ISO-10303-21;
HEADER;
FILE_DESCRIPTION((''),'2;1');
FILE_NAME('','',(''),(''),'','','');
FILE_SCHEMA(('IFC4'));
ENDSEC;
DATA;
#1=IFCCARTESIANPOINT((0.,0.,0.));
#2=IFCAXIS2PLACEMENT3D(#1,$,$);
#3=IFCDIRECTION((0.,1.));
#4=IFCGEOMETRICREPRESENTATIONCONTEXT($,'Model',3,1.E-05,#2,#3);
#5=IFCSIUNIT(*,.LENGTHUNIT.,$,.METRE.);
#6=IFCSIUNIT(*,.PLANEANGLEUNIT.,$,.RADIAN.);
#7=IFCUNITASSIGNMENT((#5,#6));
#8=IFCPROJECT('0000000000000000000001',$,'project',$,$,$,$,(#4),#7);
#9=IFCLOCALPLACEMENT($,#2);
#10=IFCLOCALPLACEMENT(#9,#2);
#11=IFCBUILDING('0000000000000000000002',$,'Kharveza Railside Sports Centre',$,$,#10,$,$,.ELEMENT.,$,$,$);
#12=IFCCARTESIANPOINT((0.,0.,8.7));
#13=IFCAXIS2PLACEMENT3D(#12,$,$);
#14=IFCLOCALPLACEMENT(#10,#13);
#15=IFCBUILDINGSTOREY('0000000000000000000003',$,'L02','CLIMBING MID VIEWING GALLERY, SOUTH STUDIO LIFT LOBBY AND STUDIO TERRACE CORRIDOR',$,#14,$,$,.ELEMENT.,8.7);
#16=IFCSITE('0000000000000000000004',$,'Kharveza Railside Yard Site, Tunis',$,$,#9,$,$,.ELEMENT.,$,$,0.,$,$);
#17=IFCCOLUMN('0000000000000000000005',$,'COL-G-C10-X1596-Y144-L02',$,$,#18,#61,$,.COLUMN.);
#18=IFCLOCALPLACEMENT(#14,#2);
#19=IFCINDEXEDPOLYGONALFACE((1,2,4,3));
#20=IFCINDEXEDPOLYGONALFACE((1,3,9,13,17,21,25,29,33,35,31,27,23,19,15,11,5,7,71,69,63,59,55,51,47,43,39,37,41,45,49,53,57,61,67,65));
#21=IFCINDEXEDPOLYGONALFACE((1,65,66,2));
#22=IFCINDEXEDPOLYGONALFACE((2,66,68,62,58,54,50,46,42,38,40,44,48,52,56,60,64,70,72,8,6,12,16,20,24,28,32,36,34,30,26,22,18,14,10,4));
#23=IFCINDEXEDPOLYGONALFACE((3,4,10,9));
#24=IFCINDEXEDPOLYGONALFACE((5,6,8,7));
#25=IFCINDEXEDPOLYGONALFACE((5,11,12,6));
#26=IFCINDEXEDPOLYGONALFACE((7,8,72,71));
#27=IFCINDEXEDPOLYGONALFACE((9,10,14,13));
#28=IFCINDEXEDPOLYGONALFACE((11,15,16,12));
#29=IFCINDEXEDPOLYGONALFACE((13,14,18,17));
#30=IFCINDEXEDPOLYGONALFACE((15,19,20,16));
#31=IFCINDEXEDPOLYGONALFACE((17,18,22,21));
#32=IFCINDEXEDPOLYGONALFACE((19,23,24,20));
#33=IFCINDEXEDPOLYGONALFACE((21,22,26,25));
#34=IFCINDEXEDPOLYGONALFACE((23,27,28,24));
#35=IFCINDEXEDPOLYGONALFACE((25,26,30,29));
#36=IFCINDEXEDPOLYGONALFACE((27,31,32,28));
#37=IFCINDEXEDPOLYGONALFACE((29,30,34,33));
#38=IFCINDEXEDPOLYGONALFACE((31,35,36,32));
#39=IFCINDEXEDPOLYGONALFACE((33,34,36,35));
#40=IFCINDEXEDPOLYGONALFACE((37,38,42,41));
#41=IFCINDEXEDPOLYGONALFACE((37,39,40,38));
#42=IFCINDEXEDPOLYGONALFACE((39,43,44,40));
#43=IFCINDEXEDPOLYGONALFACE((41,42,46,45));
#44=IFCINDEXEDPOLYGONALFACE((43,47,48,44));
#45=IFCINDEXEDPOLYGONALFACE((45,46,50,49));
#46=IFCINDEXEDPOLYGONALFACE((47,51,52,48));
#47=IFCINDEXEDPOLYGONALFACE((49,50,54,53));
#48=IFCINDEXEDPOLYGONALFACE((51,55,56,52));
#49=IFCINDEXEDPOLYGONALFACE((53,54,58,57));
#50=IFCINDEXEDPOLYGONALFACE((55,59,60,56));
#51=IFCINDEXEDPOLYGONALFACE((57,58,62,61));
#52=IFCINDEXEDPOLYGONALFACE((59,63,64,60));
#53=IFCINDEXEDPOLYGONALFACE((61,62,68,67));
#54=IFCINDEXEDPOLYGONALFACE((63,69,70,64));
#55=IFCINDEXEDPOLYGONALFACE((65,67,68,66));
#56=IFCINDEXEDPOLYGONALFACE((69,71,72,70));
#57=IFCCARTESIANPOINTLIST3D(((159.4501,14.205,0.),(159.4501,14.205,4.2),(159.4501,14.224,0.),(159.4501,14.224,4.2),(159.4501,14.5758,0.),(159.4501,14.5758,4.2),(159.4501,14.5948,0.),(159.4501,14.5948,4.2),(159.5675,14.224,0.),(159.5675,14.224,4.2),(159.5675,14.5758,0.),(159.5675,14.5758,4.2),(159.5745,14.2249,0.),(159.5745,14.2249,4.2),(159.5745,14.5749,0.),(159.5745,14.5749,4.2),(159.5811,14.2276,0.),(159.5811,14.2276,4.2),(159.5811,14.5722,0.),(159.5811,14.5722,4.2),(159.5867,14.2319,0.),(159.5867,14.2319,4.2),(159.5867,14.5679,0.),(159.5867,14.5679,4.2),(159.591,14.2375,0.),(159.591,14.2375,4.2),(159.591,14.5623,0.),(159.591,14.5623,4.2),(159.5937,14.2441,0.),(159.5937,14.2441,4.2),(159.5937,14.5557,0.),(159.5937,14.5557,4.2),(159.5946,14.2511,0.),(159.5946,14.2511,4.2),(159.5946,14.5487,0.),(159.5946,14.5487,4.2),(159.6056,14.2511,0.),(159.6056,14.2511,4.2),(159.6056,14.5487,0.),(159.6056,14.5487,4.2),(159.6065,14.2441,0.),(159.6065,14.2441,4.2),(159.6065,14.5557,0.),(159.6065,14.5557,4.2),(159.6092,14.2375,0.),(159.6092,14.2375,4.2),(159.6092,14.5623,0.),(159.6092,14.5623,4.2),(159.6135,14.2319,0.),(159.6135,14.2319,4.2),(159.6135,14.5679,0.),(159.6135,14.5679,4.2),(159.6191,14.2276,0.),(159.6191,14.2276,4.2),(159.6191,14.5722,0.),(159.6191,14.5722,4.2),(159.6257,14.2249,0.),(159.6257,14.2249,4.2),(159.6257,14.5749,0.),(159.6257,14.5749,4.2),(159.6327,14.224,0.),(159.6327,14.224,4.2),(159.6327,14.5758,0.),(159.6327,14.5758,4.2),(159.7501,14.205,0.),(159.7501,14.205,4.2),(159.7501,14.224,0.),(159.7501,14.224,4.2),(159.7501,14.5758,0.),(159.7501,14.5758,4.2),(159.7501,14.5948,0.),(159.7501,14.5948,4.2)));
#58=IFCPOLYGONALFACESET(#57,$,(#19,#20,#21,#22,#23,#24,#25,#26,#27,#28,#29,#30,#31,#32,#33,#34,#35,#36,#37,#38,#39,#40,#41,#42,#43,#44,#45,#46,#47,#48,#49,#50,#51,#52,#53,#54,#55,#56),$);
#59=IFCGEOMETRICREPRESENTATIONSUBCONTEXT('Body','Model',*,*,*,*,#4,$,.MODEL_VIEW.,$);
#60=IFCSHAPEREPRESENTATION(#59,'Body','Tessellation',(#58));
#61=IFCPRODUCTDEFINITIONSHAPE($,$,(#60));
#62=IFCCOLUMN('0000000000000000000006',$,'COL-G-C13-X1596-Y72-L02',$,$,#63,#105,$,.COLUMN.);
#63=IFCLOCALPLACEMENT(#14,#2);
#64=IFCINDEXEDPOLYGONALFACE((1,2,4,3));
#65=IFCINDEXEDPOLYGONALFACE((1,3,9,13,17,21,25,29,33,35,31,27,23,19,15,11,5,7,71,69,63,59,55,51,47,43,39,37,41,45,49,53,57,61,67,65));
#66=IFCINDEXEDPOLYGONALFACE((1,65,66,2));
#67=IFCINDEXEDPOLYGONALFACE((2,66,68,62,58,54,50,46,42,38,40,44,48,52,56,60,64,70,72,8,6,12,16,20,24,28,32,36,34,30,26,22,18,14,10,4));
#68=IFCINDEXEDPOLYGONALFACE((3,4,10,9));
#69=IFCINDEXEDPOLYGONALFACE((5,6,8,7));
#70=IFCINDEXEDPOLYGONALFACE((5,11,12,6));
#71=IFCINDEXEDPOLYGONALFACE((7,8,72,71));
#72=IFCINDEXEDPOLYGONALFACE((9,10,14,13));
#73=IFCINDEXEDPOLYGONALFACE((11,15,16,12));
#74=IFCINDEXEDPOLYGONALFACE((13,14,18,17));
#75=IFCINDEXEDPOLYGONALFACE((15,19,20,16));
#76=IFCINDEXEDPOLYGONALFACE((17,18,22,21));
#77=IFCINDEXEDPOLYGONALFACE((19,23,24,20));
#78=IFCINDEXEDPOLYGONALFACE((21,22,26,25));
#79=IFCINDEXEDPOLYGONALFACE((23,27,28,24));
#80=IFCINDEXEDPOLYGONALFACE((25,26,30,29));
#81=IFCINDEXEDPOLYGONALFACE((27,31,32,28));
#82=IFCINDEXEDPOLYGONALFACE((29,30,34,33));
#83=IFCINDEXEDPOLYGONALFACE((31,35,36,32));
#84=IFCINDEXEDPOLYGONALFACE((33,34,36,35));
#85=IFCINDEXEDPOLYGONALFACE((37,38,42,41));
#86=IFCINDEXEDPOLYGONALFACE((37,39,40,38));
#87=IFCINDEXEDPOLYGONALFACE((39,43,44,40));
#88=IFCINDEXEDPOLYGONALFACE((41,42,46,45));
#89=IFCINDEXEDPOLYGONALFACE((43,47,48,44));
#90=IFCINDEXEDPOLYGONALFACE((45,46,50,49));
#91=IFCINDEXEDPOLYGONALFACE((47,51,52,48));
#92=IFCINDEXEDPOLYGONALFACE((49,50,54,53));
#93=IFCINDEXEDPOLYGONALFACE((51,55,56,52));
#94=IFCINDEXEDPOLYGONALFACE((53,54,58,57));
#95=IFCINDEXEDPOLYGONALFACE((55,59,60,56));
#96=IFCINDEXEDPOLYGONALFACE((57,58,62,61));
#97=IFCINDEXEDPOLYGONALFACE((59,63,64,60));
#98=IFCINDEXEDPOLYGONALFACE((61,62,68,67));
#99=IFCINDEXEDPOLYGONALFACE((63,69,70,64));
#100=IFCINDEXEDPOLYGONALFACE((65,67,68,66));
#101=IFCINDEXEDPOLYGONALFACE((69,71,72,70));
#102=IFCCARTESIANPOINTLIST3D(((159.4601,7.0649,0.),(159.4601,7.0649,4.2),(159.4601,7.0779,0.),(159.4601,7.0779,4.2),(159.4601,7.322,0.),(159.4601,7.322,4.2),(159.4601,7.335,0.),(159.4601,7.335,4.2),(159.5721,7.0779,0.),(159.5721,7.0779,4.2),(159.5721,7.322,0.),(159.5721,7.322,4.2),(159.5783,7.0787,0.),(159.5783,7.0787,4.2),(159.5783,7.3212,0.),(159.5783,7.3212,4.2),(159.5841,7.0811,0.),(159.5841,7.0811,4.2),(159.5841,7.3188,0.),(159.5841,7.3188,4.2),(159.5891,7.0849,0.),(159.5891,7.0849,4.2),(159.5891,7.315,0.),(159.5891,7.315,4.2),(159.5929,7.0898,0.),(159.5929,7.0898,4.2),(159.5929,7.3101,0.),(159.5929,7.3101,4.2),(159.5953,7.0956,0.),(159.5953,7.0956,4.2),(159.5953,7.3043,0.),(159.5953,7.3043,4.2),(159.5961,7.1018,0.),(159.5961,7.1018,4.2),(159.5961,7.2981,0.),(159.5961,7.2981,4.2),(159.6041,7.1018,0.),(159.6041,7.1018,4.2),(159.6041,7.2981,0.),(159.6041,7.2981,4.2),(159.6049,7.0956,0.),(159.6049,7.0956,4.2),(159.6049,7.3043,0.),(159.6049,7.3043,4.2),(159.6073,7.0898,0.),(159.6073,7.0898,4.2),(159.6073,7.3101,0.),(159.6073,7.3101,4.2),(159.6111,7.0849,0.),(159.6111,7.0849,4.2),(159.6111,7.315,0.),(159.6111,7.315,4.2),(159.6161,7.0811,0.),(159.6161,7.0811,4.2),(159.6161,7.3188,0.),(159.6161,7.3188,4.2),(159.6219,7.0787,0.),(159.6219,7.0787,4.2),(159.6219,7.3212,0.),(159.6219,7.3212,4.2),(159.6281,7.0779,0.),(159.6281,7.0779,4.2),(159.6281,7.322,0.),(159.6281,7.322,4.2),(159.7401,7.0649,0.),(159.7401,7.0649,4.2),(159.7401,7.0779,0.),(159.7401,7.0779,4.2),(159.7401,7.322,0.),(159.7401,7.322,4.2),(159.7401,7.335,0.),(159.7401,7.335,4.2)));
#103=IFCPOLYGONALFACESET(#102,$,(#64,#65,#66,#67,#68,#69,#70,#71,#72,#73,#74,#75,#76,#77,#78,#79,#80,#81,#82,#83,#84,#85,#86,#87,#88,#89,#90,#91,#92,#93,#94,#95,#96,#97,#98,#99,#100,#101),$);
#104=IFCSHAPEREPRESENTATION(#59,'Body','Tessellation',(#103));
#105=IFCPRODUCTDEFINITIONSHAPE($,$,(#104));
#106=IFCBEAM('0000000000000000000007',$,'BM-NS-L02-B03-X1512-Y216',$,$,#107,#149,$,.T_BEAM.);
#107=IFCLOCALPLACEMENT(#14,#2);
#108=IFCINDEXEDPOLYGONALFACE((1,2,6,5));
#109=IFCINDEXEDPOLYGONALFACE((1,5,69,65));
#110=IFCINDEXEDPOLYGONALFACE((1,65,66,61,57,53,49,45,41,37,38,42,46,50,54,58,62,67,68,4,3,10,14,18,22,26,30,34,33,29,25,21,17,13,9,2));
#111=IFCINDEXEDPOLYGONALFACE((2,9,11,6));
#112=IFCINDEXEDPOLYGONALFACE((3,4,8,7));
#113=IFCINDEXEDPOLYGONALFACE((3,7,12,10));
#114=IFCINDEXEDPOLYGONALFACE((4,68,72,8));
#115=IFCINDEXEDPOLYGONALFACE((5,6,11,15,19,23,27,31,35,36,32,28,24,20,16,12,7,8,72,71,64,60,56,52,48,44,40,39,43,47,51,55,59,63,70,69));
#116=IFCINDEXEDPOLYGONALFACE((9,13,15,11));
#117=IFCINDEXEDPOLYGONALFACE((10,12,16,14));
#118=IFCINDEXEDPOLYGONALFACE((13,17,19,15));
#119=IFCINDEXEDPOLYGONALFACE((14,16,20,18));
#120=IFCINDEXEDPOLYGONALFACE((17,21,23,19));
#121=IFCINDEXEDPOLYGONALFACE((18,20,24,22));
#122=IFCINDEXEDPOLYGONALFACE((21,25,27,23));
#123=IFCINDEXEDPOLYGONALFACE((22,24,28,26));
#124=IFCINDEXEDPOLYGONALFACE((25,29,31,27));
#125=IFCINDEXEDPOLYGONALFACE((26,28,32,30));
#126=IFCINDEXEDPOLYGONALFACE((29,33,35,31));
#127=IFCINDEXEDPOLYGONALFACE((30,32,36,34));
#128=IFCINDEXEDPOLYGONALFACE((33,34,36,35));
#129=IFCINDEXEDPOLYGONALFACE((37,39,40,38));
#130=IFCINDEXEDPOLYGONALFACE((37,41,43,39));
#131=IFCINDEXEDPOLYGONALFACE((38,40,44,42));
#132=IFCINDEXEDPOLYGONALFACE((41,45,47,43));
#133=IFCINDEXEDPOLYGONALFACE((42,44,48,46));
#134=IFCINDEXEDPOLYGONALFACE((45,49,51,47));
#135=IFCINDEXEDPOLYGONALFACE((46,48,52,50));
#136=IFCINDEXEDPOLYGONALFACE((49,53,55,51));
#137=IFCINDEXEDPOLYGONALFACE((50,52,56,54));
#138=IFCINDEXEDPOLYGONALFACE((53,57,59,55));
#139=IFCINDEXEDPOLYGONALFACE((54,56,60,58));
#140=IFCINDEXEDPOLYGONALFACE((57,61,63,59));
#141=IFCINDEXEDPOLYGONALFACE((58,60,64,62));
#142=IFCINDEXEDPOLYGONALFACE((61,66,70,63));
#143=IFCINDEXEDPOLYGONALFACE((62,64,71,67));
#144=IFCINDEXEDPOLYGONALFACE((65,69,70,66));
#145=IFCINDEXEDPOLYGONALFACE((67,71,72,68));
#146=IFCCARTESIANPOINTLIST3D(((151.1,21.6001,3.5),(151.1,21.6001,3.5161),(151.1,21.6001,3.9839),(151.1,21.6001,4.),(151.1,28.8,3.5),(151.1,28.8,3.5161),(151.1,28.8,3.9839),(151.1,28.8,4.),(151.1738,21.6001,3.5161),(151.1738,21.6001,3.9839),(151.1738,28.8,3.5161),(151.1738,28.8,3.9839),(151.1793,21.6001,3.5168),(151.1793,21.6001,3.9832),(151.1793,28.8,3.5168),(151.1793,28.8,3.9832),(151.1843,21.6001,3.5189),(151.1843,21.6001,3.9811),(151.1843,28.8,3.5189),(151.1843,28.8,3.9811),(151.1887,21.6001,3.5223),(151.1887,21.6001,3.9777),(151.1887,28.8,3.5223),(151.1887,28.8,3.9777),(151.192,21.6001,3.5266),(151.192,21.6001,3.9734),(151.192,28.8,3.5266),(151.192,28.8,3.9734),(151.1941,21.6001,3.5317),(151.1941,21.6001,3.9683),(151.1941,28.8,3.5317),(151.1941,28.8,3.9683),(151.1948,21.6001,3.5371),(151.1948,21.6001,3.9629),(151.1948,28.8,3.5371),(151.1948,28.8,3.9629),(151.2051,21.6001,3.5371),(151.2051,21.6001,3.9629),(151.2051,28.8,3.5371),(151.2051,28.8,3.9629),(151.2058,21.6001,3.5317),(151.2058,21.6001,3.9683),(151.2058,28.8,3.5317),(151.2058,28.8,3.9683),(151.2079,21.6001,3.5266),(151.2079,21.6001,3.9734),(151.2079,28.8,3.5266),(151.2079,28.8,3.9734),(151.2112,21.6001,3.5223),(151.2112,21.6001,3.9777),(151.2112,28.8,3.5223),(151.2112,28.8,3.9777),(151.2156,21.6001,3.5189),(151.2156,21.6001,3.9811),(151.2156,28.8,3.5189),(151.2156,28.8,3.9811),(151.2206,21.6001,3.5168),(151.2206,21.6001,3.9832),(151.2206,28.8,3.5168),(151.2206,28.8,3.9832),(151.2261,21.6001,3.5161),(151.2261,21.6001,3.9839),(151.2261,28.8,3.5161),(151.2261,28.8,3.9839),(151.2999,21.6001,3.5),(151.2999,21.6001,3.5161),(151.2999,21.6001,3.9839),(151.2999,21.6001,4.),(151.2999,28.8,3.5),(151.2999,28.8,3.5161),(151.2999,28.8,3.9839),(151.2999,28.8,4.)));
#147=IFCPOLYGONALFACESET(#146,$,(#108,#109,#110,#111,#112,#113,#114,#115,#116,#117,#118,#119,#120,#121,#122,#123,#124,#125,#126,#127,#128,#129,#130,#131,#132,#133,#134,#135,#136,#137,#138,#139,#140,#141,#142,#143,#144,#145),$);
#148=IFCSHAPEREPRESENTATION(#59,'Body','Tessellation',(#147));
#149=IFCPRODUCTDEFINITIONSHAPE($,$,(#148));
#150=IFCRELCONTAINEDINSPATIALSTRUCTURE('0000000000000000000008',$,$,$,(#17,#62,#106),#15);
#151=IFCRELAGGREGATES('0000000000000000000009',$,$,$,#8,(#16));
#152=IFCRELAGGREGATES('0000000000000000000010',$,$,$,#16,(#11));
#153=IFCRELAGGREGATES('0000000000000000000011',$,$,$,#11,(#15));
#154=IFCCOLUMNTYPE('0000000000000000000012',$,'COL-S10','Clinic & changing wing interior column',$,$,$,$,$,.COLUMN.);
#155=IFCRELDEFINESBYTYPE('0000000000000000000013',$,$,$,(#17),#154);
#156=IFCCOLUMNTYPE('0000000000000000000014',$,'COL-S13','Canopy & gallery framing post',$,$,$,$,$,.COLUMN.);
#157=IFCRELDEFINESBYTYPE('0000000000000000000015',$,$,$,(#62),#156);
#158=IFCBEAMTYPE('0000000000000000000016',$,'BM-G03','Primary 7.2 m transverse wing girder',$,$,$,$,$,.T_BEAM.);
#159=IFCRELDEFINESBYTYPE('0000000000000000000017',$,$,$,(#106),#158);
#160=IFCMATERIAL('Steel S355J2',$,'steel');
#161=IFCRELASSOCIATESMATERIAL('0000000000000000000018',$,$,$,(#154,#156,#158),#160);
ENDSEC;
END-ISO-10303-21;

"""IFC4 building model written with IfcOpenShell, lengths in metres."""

from ifc_helpers import new_model, si_unit, direction, frame, origin, origin_2d, place, context, subcontext, project, spatial, i_section, extrude, material, material_profile, profile_set, type_object, element, save


model = new_model("IFC4")

# Units and contexts
model_context = context("Model", 3, precision=1e-05, world=origin(), true_north=direction((0.0, 1.0)))
body_context = subcontext(model_context, "Body", "Model", "MODEL_VIEW")
ifc_project = project(units=[si_unit("LENGTHUNIT", "METRE"), si_unit("PLANEANGLEUNIT", "RADIAN")], contexts=[model_context])

# Site, building, storey
site_placement = place(None, origin())
site = spatial("IfcSite", under=ifc_project, at=site_placement, Name="Kharveza Railside Yard Site, Tunis", CompositionType="ELEMENT", RefElevation=0.0)
building_placement = place(site_placement, origin())
building = spatial("IfcBuilding", under=site, at=building_placement, Name="Kharveza Railside Sports Centre", CompositionType="ELEMENT")
storey_placement = place(building_placement, frame((0.0, 0.0, 8.7)))
storey = spatial("IfcBuildingStorey", under=building, at=storey_placement, Name="L02", Description="CLIMBING MID VIEWING GALLERY, SOUTH STUDIO LIFT LOBBY AND STUDIO TERRACE CORRIDOR", CompositionType="ELEMENT", Elevation=8.7)

# Columns
ifc_material_1 = material(Name="Steel S355J2", Category="steel")
ifc_material_profile_1 = material_profile(ifc_material_1, i_section(OverallWidth=0.3, OverallDepth=0.3899, WebThickness=0.011, FlangeThickness=0.019, FilletRadius=0.0271, at=origin_2d()), Name="HEA 400")
ifc_profile_set_1 = profile_set([ifc_material_profile_1], Name="Steel S355J2")
column_type_1 = type_object("IfcColumnType", Name="COL-S10", Description="Clinic & changing wing interior column", PredefinedType="COLUMN", material=ifc_profile_set_1)
column_1_placement = place(storey_placement, frame((159.6001, 14.3999, 0.0), z_axis=(0.0, 0.0, 1.0), x_axis=(1.0, 0.0, 0.0)))
element("IfcColumn", 1, at=column_1_placement, inside=storey, type_object=column_type_1, Name="COL-G-C10-X1596-Y144-L02", PredefinedType="COLUMN", context=body_context, shape_type="SweptSolid", body=[
    extrude(i_section(OverallWidth=0.3, OverallDepth=0.3899, WebThickness=0.011, FlangeThickness=0.019, FilletRadius=0.0271, at=origin_2d()), origin(), (0.0, 0.0, 1.0), 4.2),
])
ifc_material_profile_2 = material_profile(ifc_material_1, i_section(OverallWidth=0.28, OverallDepth=0.27, WebThickness=0.0081, FlangeThickness=0.0129, FilletRadius=0.0239, at=origin_2d()), Name="HEA 280")
ifc_profile_set_2 = profile_set([ifc_material_profile_2], Name="Steel S355J2")
column_type_2 = type_object("IfcColumnType", Name="COL-S13", Description="Canopy & gallery framing post", PredefinedType="COLUMN", material=ifc_profile_set_2)
column_2_placement = place(storey_placement, frame((159.6001, 7.2, 0.0), z_axis=(0.0, 0.0, 1.0), x_axis=(1.0, 0.0, 0.0)))
element("IfcColumn", 2, at=column_2_placement, inside=storey, type_object=column_type_2, Name="COL-G-C13-X1596-Y72-L02", PredefinedType="COLUMN", context=body_context, shape_type="SweptSolid", body=[
    extrude(i_section(OverallWidth=0.28, OverallDepth=0.27, WebThickness=0.0081, FlangeThickness=0.0129, FilletRadius=0.0239, at=origin_2d()), origin(), (0.0, 0.0, 1.0), 4.2),
])

# Beam
ifc_material_profile_3 = material_profile(ifc_material_1, i_section(OverallWidth=0.2, OverallDepth=0.5, WebThickness=0.0103, FlangeThickness=0.0161, FilletRadius=0.021, at=origin_2d()), Name="IPE 500")
ifc_profile_set_3 = profile_set([ifc_material_profile_3], Name="Steel S355J2")
beam_type_1 = type_object("IfcBeamType", Name="BM-G03", Description="Primary 7.2 m transverse wing girder", PredefinedType="T_BEAM", material=ifc_profile_set_3)
beam_1_placement = place(storey_placement, frame((151.2, 21.6001, 3.75), z_axis=(0.0, 1.0, 0.0), x_axis=(-1.0, 0.0, 0.0)))
element("IfcBeam", 3, at=beam_1_placement, inside=storey, type_object=beam_type_1, Name="BM-NS-L02-B03-X1512-Y216", PredefinedType="T_BEAM", context=body_context, shape_type="SweptSolid", body=[
    extrude(i_section(OverallWidth=0.2, OverallDepth=0.5, WebThickness=0.0103, FlangeThickness=0.0161, FilletRadius=0.021, at=origin_2d()), origin(), (0.0, 0.0, 1.0), 7.2),
])

save(model, "model.ifc")
